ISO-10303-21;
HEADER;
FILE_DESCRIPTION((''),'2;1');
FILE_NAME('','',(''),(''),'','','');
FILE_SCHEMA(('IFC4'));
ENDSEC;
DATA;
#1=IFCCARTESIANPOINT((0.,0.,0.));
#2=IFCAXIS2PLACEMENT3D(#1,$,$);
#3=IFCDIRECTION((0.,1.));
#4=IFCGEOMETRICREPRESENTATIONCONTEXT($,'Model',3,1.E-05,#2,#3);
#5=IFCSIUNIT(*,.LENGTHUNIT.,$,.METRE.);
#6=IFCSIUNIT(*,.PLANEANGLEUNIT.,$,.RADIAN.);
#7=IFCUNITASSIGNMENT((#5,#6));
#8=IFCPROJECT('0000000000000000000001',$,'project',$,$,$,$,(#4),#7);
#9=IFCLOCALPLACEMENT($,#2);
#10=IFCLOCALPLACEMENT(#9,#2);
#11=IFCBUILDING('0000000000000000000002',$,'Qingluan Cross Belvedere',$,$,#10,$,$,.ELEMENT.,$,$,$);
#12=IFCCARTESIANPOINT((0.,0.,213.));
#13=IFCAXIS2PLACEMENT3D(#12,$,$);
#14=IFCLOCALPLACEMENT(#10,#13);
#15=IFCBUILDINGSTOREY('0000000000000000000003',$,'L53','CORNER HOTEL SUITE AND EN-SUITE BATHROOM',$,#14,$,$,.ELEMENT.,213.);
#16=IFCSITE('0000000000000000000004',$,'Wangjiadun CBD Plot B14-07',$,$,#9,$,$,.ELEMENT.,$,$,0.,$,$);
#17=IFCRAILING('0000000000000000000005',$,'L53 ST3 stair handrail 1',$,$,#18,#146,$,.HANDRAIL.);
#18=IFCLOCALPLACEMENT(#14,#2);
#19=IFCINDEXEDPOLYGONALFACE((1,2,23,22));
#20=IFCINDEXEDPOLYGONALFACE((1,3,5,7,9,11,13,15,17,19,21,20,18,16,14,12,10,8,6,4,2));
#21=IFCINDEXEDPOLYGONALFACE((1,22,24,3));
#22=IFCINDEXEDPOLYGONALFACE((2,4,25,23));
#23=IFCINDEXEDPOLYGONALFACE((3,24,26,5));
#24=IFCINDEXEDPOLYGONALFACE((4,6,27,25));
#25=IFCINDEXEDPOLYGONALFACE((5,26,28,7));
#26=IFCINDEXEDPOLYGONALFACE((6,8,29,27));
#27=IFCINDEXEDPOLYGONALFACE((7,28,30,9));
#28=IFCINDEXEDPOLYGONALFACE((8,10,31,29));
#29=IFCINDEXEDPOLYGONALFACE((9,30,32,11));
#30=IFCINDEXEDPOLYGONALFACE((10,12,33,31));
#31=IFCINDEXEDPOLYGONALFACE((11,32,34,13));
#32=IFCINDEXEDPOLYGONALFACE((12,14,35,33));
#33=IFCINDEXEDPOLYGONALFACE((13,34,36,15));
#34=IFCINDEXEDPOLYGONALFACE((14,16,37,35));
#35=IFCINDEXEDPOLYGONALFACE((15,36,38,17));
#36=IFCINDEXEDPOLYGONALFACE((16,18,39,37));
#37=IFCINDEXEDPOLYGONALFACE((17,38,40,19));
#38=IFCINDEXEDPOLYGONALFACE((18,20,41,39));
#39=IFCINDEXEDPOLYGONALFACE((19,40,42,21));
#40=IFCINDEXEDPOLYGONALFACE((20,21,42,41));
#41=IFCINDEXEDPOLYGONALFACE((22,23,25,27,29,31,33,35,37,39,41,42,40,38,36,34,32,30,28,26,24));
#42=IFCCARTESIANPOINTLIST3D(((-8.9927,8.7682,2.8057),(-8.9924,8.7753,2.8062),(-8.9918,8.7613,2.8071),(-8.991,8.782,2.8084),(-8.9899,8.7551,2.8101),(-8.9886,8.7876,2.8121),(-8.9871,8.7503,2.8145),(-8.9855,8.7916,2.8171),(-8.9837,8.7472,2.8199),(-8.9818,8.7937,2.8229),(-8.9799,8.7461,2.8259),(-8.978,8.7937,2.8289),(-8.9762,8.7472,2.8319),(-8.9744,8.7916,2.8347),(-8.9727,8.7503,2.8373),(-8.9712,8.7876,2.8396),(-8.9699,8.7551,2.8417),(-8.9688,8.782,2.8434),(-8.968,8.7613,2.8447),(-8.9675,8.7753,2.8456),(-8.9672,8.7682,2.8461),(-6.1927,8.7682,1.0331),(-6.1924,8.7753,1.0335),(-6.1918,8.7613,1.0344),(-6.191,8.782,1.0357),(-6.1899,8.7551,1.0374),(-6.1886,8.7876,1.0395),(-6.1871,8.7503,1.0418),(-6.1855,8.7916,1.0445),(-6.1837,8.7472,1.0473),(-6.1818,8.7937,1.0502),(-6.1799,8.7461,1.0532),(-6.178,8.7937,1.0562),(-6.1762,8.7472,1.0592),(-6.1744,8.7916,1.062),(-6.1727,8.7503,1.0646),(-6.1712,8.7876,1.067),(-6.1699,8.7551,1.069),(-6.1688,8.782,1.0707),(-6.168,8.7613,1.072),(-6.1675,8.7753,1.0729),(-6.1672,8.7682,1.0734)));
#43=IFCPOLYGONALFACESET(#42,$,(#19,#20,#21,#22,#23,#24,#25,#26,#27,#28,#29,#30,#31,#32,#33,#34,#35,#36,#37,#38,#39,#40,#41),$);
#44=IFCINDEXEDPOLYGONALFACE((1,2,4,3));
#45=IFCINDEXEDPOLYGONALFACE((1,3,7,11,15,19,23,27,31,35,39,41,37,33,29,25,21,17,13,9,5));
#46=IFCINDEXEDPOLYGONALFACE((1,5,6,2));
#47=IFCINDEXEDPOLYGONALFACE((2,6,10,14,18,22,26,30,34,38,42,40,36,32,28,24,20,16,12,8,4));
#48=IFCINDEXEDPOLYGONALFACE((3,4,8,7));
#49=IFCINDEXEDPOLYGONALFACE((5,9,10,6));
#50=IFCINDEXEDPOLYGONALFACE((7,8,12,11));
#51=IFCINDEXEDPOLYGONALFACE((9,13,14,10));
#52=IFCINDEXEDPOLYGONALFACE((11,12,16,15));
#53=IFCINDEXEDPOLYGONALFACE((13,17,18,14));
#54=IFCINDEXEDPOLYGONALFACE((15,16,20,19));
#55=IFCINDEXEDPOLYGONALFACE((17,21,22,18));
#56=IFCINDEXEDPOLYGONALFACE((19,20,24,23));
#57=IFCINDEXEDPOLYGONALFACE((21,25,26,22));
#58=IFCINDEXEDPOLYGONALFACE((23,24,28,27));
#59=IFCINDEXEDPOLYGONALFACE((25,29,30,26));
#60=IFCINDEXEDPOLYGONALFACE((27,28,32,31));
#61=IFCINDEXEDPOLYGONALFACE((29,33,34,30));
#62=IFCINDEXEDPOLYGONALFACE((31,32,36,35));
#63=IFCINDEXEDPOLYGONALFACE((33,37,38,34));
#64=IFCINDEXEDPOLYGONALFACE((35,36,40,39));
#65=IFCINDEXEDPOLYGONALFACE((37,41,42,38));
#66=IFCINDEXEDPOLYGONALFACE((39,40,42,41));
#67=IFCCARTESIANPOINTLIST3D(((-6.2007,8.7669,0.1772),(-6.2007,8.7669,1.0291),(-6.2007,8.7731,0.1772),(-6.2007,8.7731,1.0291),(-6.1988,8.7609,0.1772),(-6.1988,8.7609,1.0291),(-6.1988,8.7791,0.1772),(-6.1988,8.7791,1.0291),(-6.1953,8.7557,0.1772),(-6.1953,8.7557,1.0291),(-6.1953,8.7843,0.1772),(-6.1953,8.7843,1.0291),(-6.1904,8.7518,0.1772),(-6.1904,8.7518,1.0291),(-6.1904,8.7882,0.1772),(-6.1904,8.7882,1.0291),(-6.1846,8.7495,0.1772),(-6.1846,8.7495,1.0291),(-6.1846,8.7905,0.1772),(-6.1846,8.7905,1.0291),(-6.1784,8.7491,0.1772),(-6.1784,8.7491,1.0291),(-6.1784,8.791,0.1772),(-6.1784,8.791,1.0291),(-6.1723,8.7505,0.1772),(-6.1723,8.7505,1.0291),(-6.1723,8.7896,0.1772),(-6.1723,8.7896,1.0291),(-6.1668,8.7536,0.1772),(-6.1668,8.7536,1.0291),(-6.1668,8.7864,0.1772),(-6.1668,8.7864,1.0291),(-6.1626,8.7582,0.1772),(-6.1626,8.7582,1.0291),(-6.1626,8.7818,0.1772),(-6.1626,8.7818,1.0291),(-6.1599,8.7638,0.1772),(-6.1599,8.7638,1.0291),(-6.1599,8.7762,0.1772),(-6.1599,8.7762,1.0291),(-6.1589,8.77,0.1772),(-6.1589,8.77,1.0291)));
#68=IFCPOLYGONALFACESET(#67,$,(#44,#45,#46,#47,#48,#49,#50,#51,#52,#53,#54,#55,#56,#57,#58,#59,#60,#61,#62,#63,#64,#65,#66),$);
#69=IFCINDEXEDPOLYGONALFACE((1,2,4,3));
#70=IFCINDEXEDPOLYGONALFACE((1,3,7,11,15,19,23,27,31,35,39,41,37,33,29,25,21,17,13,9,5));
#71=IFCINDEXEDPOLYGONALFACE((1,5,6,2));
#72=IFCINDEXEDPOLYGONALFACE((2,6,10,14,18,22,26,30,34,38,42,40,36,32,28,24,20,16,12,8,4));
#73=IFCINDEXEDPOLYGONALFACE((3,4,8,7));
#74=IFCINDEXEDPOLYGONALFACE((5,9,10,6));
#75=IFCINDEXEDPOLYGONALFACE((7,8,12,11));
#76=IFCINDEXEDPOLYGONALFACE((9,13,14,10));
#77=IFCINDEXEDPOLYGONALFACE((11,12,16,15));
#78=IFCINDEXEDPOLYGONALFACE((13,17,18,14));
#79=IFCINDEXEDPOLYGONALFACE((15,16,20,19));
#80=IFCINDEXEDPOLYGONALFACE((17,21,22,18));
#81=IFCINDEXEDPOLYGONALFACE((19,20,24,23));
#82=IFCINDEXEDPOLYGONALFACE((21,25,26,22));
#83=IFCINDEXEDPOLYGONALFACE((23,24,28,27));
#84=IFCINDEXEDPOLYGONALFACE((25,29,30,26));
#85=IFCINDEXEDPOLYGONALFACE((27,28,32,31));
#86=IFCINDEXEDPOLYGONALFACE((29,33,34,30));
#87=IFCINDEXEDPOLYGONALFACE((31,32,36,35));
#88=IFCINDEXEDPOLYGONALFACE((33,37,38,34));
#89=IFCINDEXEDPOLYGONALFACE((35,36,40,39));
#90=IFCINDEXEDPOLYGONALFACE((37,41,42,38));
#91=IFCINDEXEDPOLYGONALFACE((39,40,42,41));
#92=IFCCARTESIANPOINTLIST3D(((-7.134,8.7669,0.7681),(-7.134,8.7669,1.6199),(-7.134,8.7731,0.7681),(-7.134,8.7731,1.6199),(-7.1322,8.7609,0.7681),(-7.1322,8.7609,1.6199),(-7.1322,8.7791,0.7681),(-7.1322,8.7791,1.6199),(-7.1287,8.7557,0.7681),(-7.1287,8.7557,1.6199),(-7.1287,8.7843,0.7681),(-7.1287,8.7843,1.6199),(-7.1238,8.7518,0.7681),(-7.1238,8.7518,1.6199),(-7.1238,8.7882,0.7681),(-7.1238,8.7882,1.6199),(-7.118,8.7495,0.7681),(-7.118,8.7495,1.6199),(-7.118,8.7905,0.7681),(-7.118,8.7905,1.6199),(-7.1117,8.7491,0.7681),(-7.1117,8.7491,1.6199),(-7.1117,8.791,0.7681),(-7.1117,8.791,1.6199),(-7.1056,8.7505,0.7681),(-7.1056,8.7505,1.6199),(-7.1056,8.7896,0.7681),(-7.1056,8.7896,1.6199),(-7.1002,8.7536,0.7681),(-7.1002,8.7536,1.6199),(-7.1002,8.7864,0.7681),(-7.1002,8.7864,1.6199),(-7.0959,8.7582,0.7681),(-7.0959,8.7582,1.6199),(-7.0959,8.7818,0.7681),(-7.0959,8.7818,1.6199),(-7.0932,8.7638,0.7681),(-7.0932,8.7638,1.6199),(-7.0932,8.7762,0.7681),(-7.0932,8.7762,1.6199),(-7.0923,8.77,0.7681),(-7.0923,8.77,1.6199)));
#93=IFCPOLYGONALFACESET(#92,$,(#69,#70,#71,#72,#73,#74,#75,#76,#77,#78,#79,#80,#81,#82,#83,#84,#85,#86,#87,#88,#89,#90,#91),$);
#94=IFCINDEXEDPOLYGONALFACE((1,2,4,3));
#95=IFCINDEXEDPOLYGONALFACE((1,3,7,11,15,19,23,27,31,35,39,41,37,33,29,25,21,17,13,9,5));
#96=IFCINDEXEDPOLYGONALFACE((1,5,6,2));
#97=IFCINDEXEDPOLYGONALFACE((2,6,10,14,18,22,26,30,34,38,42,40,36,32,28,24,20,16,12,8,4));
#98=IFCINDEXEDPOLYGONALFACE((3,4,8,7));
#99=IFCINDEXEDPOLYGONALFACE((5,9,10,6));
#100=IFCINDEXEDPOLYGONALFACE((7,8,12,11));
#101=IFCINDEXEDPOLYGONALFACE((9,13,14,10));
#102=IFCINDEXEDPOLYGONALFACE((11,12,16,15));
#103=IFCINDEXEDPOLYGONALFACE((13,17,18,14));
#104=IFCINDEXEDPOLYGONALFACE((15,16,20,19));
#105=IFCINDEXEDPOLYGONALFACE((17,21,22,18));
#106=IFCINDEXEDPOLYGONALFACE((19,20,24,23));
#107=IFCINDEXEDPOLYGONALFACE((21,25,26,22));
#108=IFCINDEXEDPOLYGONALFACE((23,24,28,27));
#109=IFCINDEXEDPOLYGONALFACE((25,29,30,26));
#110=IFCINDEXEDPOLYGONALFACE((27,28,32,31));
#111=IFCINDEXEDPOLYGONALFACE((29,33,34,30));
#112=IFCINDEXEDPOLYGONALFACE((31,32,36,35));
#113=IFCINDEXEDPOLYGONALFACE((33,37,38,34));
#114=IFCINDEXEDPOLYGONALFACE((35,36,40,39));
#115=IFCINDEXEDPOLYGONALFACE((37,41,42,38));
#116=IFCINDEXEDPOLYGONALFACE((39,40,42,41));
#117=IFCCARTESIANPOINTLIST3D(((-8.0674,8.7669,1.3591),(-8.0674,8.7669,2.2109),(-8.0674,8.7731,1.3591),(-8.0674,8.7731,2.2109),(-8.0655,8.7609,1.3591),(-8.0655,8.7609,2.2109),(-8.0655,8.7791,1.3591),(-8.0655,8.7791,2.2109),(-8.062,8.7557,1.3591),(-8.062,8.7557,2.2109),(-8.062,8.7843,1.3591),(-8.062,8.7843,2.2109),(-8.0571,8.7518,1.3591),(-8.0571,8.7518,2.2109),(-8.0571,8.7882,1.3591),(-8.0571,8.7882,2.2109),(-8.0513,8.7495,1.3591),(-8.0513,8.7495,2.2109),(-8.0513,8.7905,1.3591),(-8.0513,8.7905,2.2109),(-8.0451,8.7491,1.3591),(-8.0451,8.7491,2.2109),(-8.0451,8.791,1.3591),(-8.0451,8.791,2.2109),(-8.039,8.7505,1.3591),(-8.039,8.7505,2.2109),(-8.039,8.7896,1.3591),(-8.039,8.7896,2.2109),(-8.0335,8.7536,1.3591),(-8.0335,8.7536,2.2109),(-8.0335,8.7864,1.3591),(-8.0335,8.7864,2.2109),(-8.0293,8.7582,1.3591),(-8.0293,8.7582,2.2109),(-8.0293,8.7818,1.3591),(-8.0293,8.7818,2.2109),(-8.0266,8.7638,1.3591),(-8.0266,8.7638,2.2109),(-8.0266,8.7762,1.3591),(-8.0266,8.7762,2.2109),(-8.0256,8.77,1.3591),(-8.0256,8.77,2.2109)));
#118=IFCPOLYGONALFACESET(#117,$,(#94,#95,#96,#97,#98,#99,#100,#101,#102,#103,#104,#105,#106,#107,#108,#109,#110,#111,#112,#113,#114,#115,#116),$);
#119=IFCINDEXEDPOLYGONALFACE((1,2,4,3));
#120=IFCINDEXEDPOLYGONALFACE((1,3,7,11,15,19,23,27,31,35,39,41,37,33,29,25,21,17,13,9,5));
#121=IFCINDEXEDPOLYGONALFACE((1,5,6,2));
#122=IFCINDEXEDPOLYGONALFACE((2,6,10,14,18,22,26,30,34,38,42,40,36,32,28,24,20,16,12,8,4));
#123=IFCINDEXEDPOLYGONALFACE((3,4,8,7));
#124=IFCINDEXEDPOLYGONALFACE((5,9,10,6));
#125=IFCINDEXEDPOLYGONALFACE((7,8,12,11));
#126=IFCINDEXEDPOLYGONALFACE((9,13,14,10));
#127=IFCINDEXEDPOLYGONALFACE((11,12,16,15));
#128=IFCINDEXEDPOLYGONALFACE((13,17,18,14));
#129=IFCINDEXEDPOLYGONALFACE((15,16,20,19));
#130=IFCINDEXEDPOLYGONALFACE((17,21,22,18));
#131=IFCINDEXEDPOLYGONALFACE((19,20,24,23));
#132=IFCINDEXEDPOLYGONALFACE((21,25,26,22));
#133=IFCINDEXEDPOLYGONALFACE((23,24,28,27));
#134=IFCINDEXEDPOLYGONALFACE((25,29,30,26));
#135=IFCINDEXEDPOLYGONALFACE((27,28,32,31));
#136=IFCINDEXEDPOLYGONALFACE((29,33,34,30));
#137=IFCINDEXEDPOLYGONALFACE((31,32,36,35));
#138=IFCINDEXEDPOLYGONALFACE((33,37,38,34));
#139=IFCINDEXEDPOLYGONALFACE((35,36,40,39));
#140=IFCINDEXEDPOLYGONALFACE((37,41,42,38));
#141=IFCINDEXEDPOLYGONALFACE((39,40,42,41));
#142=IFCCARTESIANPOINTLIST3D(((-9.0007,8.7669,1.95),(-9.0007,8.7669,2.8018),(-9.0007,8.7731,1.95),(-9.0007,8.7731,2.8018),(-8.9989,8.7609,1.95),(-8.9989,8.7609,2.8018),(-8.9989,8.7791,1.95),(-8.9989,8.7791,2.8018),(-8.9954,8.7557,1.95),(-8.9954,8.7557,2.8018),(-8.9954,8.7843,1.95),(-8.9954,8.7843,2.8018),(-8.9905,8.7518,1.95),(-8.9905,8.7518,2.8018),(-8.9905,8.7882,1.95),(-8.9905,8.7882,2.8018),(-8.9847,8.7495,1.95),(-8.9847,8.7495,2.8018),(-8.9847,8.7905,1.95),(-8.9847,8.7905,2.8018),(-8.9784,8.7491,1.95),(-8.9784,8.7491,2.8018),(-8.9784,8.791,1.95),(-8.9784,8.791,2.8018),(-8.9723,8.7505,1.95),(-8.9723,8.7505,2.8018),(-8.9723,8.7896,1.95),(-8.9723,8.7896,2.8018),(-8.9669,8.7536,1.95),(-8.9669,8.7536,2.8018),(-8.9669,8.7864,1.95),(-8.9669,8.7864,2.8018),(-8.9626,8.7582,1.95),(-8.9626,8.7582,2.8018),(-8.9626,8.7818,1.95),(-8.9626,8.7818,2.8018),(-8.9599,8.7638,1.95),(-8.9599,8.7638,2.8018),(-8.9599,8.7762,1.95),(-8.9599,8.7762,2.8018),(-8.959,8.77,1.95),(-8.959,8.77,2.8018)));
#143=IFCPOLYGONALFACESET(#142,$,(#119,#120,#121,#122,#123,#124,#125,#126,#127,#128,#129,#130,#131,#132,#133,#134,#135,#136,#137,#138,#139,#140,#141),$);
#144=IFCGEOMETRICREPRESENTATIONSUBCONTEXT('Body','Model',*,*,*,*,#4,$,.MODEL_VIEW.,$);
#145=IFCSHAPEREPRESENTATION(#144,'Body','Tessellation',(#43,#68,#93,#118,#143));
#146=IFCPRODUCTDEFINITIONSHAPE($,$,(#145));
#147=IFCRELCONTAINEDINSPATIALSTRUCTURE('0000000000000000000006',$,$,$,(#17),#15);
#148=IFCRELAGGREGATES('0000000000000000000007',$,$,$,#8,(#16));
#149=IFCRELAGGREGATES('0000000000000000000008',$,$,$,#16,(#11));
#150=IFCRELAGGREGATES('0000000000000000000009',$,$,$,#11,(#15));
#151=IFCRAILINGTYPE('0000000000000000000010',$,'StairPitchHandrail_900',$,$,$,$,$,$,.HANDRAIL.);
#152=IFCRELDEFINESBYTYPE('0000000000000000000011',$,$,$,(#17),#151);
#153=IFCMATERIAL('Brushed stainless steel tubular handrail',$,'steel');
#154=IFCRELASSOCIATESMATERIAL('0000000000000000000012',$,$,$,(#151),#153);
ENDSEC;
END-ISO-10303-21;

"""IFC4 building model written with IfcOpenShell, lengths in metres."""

from ifc_helpers import new_model, si_unit, direction, frame, origin, origin_2d, place, context, subcontext, project, spatial, circle, extrude, material, type_object, element, save


model = new_model("IFC4")

# Units and contexts
model_context = context("Model", 3, precision=1e-05, world=origin(), true_north=direction((0.0, 1.0)))
body_context = subcontext(model_context, "Body", "Model", "MODEL_VIEW")
ifc_project = project(units=[si_unit("LENGTHUNIT", "METRE"), si_unit("PLANEANGLEUNIT", "RADIAN")], contexts=[model_context])

# Site, building, storey
site_placement = place(None, origin())
site = spatial("IfcSite", under=ifc_project, at=site_placement, Name="Wangjiadun CBD Plot B14-07", CompositionType="ELEMENT", RefElevation=0.0)
building_placement = place(site_placement, origin())
building = spatial("IfcBuilding", under=site, at=building_placement, Name="Qingluan Cross Belvedere", CompositionType="ELEMENT")
storey_placement = place(building_placement, frame((0.0, 0.0, 213.0)))
storey = spatial("IfcBuildingStorey", under=building, at=storey_placement, Name="L53", Description="CORNER HOTEL SUITE AND EN-SUITE BATHROOM", CompositionType="ELEMENT", Elevation=213.0)

# Railing
ifc_material_1 = material(Name="Brushed stainless steel tubular handrail", Category="steel")
railing_type = type_object("IfcRailingType", Name="StairPitchHandrail_900", PredefinedType="HANDRAIL", material=ifc_material_1)
railing_placement = place(storey_placement, frame((-6.1799, 8.77, 0.1772)))
element("IfcRailing", 1, at=railing_placement, inside=storey, type_object=railing_type, Name="L53 ST3 stair handrail 1", PredefinedType="HANDRAIL", context=body_context, shape_type="SweptSolid", body=[
    extrude(circle(Radius=0.0239, at=origin_2d()), frame((0.0, 0.0, 0.876), z_axis=(-0.844909, 0.0, 0.53491), x_axis=(0.0, -1.0, 0.0)), (0.0, 0.0, 1.0), 3.314),
    extrude(circle(Radius=0.021, at=origin_2d()), origin(), (0.0, 0.0, 1.0), 0.8518),
    extrude(circle(Radius=0.021, at=origin_2d()), frame((-0.9333, 0.0, 0.5908)), (0.0, 0.0, 1.0), 0.8518),
    extrude(circle(Radius=0.021, at=origin_2d()), frame((-1.8667, 0.0, 1.1819)), (0.0, 0.0, 1.0), 0.8518),
    extrude(circle(Radius=0.021, at=origin_2d()), frame((-2.8, 0.0, 1.7727)), (0.0, 0.0, 1.0), 0.8518),
])

save(model, "model.ifc")
